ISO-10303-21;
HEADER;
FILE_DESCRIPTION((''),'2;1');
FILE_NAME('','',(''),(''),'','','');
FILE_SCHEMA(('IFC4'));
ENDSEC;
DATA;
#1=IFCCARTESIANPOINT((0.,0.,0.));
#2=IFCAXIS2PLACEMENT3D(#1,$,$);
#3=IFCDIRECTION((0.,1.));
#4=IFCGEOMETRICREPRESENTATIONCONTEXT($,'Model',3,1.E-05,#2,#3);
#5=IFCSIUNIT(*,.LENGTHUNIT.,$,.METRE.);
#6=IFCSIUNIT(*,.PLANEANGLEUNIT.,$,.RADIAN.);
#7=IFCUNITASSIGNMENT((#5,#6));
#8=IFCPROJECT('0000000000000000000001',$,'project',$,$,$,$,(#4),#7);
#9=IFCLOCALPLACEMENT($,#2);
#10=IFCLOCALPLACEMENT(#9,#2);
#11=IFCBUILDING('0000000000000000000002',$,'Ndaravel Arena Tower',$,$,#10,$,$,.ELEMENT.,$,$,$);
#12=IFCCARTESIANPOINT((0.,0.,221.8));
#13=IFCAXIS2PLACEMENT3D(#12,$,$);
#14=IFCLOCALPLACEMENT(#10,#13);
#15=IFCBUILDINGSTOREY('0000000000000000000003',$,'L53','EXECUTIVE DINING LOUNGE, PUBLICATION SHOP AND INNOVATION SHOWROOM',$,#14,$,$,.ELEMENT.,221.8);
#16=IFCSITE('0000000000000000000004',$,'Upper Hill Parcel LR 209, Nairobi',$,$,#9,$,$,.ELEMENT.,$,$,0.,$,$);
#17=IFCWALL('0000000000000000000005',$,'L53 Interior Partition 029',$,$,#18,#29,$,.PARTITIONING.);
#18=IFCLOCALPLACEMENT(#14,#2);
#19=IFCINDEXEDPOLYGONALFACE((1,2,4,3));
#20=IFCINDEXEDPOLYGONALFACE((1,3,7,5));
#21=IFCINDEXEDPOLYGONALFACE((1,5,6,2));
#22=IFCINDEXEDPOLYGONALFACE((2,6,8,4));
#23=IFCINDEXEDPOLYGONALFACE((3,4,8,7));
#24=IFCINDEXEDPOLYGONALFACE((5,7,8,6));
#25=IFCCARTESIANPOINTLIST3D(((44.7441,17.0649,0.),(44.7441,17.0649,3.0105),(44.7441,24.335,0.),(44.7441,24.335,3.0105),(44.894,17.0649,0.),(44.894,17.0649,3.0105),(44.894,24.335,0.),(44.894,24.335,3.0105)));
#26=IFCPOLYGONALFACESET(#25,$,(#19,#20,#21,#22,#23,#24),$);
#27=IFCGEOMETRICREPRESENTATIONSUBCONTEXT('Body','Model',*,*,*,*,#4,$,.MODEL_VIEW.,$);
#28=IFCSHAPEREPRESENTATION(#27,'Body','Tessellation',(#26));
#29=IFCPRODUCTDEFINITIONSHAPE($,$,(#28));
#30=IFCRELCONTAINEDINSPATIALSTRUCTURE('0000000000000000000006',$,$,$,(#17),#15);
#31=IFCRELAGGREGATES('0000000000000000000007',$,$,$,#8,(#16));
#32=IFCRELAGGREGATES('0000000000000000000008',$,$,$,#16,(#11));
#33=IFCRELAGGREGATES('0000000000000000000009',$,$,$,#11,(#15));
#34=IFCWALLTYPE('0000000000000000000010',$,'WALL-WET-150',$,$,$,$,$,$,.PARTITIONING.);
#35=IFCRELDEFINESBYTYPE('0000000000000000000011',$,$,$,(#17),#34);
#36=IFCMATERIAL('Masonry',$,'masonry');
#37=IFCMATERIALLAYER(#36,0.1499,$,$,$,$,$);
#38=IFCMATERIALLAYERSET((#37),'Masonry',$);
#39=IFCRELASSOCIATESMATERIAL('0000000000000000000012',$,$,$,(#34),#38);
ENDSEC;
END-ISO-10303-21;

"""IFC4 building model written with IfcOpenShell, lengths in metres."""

from ifc_helpers import new_model, si_unit, direction, frame, frame_2d, origin, place, context, subcontext, project, spatial, rectangle, extrude, material, layer, layer_set, type_object, element, save


model = new_model("IFC4")

# Units and contexts
model_context = context("Model", 3, precision=1e-05, world=origin(), true_north=direction((0.0, 1.0)))
body_context = subcontext(model_context, "Body", "Model", "MODEL_VIEW")
ifc_project = project(units=[si_unit("LENGTHUNIT", "METRE"), si_unit("PLANEANGLEUNIT", "RADIAN")], contexts=[model_context])

# Site, building, storey
site_placement = place(None, origin())
site = spatial("IfcSite", under=ifc_project, at=site_placement, Name="Upper Hill Parcel LR 209, Nairobi", CompositionType="ELEMENT", RefElevation=0.0)
building_placement = place(site_placement, origin())
building = spatial("IfcBuilding", under=site, at=building_placement, Name="Ndaravel Arena Tower", CompositionType="ELEMENT")
storey_placement = place(building_placement, frame((0.0, 0.0, 221.8)))
storey = spatial("IfcBuildingStorey", under=building, at=storey_placement, Name="L53", Description="EXECUTIVE DINING LOUNGE, PUBLICATION SHOP AND INNOVATION SHOWROOM", CompositionType="ELEMENT", Elevation=221.8)

# Shared definitions
ifc_material_1 = material(Name="Masonry", Category="masonry")
ifc_layer_1 = layer(ifc_material_1, 0.1499)
ifc_layer_set_1 = layer_set([ifc_layer_1], Name="Masonry")
wall_type_1 = type_object("IfcWallType", Name="WALL-WET-150", PredefinedType="PARTITIONING", material=ifc_layer_set_1)

# Wall
wall_1_placement = place(storey_placement, frame((44.8191, 24.335, 0.0), z_axis=(0.0, 0.0, 1.0), x_axis=(0.0, -1.0, 0.0)))
element("IfcWall", 1, at=wall_1_placement, inside=storey, type_object=wall_type_1, Name="L53 Interior Partition 029", PredefinedType="PARTITIONING", context=body_context, shape_type="SweptSolid", body=[
    extrude(rectangle(XDim=7.27, YDim=0.1499, at=frame_2d((3.635, 0.0))), origin(), (0.0, 0.0, 1.0), 3.0105),
])

save(model, "model.ifc")
